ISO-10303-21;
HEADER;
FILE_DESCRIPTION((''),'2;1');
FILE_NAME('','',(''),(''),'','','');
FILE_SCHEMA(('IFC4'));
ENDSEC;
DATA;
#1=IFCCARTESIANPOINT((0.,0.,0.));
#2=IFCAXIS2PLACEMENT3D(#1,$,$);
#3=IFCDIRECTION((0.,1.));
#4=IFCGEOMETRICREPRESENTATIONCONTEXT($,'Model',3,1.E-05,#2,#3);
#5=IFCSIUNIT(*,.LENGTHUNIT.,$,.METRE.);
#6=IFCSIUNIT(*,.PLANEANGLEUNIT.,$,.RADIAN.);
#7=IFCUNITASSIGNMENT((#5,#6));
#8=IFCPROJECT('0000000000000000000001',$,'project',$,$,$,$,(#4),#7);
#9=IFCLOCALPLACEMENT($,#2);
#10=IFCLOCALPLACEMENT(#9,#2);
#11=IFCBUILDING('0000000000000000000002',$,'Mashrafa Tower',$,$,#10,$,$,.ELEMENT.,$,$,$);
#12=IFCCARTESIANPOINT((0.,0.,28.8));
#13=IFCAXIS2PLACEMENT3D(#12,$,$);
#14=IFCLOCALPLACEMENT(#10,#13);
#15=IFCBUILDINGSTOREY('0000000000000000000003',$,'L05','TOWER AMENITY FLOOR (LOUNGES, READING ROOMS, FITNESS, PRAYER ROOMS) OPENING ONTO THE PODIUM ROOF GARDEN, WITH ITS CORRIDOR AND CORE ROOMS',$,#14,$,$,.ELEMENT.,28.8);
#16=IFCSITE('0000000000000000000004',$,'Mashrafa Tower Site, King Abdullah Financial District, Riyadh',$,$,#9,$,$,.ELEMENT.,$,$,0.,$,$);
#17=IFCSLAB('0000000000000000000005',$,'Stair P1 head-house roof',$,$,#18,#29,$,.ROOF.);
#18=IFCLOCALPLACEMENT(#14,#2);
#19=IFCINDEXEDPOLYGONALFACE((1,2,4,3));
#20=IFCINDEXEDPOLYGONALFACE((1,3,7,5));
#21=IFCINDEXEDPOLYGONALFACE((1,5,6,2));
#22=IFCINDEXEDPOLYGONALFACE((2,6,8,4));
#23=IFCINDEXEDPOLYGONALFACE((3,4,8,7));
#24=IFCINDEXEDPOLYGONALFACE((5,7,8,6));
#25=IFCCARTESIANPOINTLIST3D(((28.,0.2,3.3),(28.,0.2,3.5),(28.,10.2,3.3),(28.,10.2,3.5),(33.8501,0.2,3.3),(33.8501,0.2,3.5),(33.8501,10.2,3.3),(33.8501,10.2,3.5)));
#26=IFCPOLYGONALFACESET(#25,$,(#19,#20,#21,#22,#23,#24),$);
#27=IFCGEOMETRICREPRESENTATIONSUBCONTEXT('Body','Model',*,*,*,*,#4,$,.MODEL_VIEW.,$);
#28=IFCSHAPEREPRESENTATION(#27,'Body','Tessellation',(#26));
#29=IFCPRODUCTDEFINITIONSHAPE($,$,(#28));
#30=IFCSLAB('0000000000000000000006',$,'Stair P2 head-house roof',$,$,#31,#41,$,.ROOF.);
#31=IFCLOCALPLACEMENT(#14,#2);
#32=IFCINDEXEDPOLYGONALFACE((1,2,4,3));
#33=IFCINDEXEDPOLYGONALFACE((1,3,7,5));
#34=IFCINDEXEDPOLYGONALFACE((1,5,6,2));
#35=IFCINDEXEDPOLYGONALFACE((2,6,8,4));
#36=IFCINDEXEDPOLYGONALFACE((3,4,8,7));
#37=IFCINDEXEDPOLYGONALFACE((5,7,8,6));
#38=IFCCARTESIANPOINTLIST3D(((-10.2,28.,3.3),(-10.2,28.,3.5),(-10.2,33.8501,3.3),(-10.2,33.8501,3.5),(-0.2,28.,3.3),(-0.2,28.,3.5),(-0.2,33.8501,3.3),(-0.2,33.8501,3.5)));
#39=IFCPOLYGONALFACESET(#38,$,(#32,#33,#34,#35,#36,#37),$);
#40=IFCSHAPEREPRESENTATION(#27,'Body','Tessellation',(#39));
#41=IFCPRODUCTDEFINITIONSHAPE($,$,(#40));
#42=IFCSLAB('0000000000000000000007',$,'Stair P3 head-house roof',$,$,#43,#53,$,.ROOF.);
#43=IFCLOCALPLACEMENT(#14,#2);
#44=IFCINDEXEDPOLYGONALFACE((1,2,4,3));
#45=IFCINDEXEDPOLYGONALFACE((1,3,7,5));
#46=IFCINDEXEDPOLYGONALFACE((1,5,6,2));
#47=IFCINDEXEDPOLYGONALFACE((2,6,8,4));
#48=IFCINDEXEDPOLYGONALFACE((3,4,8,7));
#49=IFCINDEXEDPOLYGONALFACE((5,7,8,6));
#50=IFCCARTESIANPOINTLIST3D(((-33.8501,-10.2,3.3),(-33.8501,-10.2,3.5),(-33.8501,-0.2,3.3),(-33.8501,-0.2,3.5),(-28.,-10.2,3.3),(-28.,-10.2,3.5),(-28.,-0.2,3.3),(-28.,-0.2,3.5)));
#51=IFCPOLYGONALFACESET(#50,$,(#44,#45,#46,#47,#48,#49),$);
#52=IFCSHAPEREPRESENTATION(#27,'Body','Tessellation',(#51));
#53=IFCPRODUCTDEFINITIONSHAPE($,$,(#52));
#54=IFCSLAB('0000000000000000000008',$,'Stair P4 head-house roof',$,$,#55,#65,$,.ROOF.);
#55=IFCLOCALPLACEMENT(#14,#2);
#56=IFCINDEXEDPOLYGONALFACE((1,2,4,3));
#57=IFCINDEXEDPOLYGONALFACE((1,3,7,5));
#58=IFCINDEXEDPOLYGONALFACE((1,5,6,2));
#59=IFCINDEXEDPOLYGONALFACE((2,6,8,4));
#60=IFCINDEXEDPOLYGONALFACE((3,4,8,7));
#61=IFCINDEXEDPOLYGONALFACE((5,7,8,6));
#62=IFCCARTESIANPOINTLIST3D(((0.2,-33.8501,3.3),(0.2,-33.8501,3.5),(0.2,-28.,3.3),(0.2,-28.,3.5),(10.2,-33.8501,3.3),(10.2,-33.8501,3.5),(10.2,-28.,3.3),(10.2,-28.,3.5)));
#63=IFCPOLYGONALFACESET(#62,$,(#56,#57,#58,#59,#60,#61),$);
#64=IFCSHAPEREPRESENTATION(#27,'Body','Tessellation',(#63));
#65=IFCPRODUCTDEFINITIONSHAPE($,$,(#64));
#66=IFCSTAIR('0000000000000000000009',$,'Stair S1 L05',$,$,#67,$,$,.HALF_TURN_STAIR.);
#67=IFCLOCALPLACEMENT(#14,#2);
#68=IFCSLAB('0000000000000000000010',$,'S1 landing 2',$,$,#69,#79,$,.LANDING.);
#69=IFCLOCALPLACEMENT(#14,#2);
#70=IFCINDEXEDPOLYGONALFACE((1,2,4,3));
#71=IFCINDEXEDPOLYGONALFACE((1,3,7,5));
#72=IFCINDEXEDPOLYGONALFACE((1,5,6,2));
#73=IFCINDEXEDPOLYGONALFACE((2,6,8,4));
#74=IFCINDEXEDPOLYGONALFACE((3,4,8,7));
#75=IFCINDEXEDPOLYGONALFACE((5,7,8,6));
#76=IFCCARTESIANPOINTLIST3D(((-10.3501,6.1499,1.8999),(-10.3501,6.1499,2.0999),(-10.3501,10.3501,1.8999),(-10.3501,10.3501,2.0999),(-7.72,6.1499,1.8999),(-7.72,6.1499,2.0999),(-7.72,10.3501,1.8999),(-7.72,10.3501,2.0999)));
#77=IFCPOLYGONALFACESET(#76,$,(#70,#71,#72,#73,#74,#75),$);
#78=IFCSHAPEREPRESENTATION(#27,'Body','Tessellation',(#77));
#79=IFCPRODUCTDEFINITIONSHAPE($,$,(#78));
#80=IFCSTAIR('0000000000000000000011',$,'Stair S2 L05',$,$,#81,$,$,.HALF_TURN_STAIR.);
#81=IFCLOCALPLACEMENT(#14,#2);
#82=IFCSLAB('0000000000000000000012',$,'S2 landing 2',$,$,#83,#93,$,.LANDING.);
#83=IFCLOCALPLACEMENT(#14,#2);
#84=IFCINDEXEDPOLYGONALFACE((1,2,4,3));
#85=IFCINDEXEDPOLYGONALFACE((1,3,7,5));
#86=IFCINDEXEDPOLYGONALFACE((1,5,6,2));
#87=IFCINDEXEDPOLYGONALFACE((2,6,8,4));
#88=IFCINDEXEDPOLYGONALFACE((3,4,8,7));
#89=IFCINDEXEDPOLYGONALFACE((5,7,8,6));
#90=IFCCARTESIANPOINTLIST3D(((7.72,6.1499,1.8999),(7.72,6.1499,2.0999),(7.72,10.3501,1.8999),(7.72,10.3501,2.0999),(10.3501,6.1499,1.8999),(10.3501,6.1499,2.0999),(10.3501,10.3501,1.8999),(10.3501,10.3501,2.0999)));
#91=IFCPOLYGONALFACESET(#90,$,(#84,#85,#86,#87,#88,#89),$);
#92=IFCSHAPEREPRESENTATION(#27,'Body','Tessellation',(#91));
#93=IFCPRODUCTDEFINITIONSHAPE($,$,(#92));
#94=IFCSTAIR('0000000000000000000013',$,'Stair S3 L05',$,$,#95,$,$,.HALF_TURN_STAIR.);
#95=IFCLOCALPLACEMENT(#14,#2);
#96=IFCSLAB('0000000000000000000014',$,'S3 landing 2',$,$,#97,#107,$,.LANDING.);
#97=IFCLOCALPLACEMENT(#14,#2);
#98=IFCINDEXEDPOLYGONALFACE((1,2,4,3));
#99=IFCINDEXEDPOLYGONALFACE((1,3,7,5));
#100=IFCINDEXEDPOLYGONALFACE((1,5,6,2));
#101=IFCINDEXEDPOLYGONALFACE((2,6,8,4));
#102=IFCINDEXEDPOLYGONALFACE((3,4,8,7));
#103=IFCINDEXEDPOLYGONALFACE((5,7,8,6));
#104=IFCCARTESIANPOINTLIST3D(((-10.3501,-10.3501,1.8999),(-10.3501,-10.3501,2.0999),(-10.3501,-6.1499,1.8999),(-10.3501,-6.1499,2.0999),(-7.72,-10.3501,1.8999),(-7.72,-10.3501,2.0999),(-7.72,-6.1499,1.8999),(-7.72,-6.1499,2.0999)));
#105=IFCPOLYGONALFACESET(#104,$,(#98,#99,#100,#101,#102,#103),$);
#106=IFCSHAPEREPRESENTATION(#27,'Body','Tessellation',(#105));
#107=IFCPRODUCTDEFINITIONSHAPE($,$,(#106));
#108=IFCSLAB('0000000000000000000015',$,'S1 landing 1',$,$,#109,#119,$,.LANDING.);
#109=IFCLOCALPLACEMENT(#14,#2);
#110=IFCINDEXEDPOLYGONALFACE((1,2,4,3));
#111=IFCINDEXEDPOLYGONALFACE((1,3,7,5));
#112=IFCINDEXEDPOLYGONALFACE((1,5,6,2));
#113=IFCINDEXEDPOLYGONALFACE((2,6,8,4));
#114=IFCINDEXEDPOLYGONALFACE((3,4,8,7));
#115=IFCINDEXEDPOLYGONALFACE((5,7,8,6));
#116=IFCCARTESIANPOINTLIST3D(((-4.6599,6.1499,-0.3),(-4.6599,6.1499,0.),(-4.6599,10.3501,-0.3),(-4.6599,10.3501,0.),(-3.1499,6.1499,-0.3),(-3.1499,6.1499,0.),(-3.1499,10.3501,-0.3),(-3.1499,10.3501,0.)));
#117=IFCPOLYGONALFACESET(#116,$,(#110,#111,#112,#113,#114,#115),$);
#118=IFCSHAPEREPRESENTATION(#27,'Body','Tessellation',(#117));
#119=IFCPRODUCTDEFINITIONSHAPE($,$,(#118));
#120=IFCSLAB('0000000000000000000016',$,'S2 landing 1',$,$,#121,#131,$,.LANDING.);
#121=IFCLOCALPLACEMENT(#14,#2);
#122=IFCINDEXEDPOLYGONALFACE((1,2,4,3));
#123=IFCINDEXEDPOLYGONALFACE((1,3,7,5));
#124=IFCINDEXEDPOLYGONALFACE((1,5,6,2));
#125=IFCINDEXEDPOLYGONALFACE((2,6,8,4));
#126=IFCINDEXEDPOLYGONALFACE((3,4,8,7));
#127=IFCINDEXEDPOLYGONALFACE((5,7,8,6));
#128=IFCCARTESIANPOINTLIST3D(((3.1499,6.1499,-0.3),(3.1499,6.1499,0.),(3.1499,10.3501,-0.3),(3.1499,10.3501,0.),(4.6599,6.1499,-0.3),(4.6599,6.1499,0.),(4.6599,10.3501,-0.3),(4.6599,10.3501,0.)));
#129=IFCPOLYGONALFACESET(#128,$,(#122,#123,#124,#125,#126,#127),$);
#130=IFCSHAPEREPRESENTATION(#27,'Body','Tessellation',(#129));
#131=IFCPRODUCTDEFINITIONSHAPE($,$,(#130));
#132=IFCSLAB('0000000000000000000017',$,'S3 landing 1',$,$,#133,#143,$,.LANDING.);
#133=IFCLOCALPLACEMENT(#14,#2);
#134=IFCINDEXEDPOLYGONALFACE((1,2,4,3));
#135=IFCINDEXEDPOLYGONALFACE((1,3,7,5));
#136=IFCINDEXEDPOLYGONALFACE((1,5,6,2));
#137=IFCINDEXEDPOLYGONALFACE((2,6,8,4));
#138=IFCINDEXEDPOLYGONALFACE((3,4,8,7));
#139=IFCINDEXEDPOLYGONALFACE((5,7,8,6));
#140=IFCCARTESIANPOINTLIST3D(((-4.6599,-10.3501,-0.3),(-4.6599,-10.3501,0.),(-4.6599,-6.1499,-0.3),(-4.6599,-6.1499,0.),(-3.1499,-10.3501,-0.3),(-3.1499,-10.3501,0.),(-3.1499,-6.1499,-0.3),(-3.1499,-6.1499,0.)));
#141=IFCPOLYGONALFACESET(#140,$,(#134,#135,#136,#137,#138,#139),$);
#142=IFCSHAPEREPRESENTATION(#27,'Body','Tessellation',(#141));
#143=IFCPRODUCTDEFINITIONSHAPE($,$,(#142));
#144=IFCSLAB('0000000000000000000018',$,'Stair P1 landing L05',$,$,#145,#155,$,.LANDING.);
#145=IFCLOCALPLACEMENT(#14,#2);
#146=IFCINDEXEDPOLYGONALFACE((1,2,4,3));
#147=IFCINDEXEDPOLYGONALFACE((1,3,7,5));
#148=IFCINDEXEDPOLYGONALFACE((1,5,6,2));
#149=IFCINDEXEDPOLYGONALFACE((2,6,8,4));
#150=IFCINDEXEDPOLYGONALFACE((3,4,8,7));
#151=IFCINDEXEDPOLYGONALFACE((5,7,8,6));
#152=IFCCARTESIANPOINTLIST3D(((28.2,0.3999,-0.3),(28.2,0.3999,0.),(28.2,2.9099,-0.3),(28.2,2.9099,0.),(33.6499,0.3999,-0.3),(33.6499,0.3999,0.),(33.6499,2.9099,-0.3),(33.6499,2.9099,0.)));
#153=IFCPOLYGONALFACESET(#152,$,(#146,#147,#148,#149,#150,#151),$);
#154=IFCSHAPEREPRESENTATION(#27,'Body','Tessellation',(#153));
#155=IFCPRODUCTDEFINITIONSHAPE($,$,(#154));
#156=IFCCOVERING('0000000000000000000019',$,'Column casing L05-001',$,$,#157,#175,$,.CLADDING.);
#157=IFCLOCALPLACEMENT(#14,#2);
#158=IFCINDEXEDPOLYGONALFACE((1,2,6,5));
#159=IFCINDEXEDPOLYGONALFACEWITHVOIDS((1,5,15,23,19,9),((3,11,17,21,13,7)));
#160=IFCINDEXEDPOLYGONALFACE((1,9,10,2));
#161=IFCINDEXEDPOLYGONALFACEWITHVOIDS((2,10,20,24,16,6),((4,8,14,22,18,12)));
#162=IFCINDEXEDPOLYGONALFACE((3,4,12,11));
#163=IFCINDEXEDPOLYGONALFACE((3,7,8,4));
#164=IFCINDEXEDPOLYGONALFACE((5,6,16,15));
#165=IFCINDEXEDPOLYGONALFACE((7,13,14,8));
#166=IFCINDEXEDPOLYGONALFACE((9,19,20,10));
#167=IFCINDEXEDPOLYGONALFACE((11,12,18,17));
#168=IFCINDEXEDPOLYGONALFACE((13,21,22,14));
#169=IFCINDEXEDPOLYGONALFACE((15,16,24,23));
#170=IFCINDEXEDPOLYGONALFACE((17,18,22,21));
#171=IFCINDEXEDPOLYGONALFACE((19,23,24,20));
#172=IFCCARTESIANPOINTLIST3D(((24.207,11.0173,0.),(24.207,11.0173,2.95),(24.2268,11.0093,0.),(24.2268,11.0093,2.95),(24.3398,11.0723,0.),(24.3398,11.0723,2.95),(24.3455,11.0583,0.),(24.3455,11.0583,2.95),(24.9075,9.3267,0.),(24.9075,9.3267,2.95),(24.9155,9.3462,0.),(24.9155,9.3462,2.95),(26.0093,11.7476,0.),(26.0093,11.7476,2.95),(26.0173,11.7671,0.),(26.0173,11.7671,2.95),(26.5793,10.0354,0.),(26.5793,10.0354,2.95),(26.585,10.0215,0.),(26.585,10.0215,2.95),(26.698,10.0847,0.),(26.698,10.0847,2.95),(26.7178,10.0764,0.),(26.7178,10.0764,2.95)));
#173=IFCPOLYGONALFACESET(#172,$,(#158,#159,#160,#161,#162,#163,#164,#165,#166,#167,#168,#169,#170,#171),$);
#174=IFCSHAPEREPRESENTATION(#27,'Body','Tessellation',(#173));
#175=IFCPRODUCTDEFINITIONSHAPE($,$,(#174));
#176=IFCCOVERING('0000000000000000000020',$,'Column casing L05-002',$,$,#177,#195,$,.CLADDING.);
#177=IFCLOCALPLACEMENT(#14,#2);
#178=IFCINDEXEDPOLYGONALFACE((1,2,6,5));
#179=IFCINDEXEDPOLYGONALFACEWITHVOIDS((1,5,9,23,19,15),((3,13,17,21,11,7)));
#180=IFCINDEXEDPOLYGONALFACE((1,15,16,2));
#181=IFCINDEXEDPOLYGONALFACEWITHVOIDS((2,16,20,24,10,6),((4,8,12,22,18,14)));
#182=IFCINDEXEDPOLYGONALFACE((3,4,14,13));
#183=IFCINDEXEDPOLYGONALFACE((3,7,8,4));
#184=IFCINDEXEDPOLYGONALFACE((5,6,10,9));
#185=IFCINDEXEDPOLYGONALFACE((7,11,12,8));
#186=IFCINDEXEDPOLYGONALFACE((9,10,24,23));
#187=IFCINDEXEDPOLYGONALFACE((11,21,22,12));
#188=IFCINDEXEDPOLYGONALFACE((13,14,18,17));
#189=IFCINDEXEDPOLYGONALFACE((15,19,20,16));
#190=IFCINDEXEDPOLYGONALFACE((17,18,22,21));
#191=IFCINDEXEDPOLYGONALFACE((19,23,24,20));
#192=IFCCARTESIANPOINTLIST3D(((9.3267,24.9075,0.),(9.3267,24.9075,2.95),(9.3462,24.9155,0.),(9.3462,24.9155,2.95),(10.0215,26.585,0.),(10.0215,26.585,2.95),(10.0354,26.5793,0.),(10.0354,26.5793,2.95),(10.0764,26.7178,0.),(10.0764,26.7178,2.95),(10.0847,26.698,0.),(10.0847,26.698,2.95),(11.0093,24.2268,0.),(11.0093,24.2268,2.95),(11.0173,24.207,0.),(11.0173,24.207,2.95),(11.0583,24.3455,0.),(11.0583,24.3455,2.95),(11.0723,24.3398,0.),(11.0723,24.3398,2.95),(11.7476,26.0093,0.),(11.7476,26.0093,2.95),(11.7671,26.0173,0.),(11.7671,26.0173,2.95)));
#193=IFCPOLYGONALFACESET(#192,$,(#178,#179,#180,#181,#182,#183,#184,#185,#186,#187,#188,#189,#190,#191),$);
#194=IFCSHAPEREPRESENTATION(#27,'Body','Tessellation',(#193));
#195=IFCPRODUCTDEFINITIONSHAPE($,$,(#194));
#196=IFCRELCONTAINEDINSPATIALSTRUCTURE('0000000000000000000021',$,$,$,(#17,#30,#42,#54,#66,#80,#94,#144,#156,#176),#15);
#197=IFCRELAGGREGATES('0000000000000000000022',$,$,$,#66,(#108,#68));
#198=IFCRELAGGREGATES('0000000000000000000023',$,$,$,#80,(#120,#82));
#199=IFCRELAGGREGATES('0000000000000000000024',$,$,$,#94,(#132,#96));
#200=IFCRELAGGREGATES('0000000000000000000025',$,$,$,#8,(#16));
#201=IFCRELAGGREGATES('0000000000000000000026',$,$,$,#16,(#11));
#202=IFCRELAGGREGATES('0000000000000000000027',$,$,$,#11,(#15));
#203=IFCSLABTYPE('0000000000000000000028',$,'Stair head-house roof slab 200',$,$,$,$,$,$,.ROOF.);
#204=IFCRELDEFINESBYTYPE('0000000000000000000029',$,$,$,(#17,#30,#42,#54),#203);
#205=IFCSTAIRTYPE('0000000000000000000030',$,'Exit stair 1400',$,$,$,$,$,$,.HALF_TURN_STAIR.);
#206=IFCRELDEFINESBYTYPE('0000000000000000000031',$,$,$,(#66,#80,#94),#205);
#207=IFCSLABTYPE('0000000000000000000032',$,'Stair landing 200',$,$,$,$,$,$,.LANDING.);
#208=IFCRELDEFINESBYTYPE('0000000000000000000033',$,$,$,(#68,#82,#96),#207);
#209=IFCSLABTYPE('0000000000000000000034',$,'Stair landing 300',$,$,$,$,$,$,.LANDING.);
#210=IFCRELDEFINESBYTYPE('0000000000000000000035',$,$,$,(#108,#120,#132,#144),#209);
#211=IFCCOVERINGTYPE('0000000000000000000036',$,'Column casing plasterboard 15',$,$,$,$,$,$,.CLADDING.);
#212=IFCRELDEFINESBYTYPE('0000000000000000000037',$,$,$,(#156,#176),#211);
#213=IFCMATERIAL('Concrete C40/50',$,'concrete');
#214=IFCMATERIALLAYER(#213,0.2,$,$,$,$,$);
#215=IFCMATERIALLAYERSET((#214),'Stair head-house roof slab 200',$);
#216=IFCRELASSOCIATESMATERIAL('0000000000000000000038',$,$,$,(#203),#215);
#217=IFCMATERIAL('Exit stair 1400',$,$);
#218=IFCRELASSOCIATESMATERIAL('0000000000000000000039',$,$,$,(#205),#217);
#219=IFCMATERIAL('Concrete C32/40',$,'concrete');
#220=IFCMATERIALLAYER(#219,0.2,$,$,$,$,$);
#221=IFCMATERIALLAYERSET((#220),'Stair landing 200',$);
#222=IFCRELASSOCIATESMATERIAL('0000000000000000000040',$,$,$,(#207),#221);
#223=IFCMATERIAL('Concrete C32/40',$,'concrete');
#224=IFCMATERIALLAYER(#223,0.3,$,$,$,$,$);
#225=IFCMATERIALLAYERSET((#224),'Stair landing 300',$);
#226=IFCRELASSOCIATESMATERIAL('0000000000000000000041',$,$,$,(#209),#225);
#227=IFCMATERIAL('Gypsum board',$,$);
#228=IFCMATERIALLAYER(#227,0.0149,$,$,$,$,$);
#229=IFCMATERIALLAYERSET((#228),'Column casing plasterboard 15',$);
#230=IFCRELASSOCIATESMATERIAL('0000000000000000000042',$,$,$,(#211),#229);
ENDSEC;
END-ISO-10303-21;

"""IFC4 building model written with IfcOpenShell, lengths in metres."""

from ifc_helpers import new_model, si_unit, direction, frame, origin, place, context, subcontext, project, spatial, polyline, outline, extrude, material, layer, layer_set, type_object, element, aggregate, save


model = new_model("IFC4")

# Units and contexts
model_context = context("Model", 3, precision=1e-05, world=origin(), true_north=direction((0.0, 1.0)))
body_context = subcontext(model_context, "Body", "Model", "MODEL_VIEW")
ifc_project = project(units=[si_unit("LENGTHUNIT", "METRE"), si_unit("PLANEANGLEUNIT", "RADIAN")], contexts=[model_context])

# Site, building, storey
site_placement = place(None, origin())
site = spatial("IfcSite", under=ifc_project, at=site_placement, Name="Mashrafa Tower Site, King Abdullah Financial District, Riyadh", CompositionType="ELEMENT", RefElevation=0.0)
building_placement = place(site_placement, origin())
building = spatial("IfcBuilding", under=site, at=building_placement, Name="Mashrafa Tower", CompositionType="ELEMENT")
storey_placement = place(building_placement, frame((0.0, 0.0, 28.8)))
storey = spatial("IfcBuildingStorey", under=building, at=storey_placement, Name="L05", Description="TOWER AMENITY FLOOR (LOUNGES, READING ROOMS, FITNESS, PRAYER ROOMS) OPENING ONTO THE PODIUM ROOF GARDEN, WITH ITS CORRIDOR AND CORE ROOMS", CompositionType="ELEMENT", Elevation=28.8)

# Slabs
ifc_material_1 = material(Name="Concrete C40/50", Category="concrete")
ifc_layer_1 = layer(ifc_material_1, 0.2)
ifc_layer_set_1 = layer_set([ifc_layer_1], Name="Stair head-house roof slab 200")
slab_type_1 = type_object("IfcSlabType", Name="Stair head-house roof slab 200", PredefinedType="ROOF", material=ifc_layer_set_1)
slab_1_placement = place(storey_placement, frame((0.0, 0.0, 3.3)))
element("IfcSlab", 1, at=slab_1_placement, inside=storey, type_object=slab_type_1, Name="Stair P1 head-house roof", PredefinedType="ROOF", context=body_context, shape_type="SweptSolid", body=[
    extrude(outline(polyline([(28.0, 0.2), (33.8501, 0.2), (33.8501, 10.2), (28.0, 10.2), (28.0, 0.2)])), origin(), (0.0, 0.0, 1.0), 0.2),
])
slab_2_placement = place(storey_placement, frame((0.0, 0.0, 3.3)))
element("IfcSlab", 2, at=slab_2_placement, inside=storey, type_object=slab_type_1, Name="Stair P2 head-house roof", PredefinedType="ROOF", context=body_context, shape_type="SweptSolid", body=[
    extrude(outline(polyline([(-10.2, 28.0), (-0.2, 28.0), (-0.2, 33.8501), (-10.2, 33.8501), (-10.2, 28.0)])), origin(), (0.0, 0.0, 1.0), 0.2),
])
slab_3_placement = place(storey_placement, frame((0.0, 0.0, 3.3)))
element("IfcSlab", 3, at=slab_3_placement, inside=storey, type_object=slab_type_1, Name="Stair P3 head-house roof", PredefinedType="ROOF", context=body_context, shape_type="SweptSolid", body=[
    extrude(outline(polyline([(-33.8501, -10.2), (-28.0, -10.2), (-28.0, -0.2), (-33.8501, -0.2), (-33.8501, -10.2)])), origin(), (0.0, 0.0, 1.0), 0.2),
])
slab_4_placement = place(storey_placement, frame((0.0, 0.0, 3.3)))
element("IfcSlab", 4, at=slab_4_placement, inside=storey, type_object=slab_type_1, Name="Stair P4 head-house roof", PredefinedType="ROOF", context=body_context, shape_type="SweptSolid", body=[
    extrude(outline(polyline([(0.2, -33.8501), (10.2, -33.8501), (10.2, -28.0), (0.2, -28.0), (0.2, -33.8501)])), origin(), (0.0, 0.0, 1.0), 0.2),
])

# Stairs, slabs
ifc_material_2 = material(Name="Exit stair 1400")
stair_type = type_object("IfcStairType", Name="Exit stair 1400", PredefinedType="HALF_TURN_STAIR", material=ifc_material_2)
stair_1_placement = place(storey_placement, origin())
stair_1 = element("IfcStair", 5, at=stair_1_placement, inside=storey, type_object=stair_type, Name="Stair S1 L05", PredefinedType="HALF_TURN_STAIR")
ifc_material_3 = material(Name="Concrete C32/40", Category="concrete")
ifc_layer_2 = layer(ifc_material_3, 0.2)
ifc_layer_set_2 = layer_set([ifc_layer_2], Name="Stair landing 200")
slab_type_2 = type_object("IfcSlabType", Name="Stair landing 200", PredefinedType="LANDING", material=ifc_layer_set_2)
slab_5_placement = place(storey_placement, frame((0.0, 0.0, 1.8999)))
slab_5 = element("IfcSlab", 6, at=slab_5_placement, type_object=slab_type_2, Name="S1 landing 2", PredefinedType="LANDING", context=body_context, shape_type="SweptSolid", body=[
    extrude(outline(polyline([(-10.3501, 6.1499), (-7.72, 6.1499), (-7.72, 10.3501), (-10.3501, 10.3501), (-10.3501, 6.1499)])), origin(), (0.0, 0.0, 1.0), 0.2),
])
stair_2_placement = place(storey_placement, origin())
stair_2 = element("IfcStair", 7, at=stair_2_placement, inside=storey, type_object=stair_type, Name="Stair S2 L05", PredefinedType="HALF_TURN_STAIR")
slab_6_placement = place(storey_placement, frame((0.0, 0.0, 1.8999)))
slab_6 = element("IfcSlab", 8, at=slab_6_placement, type_object=slab_type_2, Name="S2 landing 2", PredefinedType="LANDING", context=body_context, shape_type="SweptSolid", body=[
    extrude(outline(polyline([(7.72, 6.1499), (10.3501, 6.1499), (10.3501, 10.3501), (7.72, 10.3501), (7.72, 6.1499)])), origin(), (0.0, 0.0, 1.0), 0.2),
])
stair_3_placement = place(storey_placement, origin())
stair_3 = element("IfcStair", 9, at=stair_3_placement, inside=storey, type_object=stair_type, Name="Stair S3 L05", PredefinedType="HALF_TURN_STAIR")
slab_7_placement = place(storey_placement, frame((0.0, 0.0, 1.8999)))
slab_7 = element("IfcSlab", 10, at=slab_7_placement, type_object=slab_type_2, Name="S3 landing 2", PredefinedType="LANDING", context=body_context, shape_type="SweptSolid", body=[
    extrude(outline(polyline([(-10.3501, -10.3501), (-7.72, -10.3501), (-7.72, -6.1499), (-10.3501, -6.1499), (-10.3501, -10.3501)])), origin(), (0.0, 0.0, 1.0), 0.2),
])

# Slabs
ifc_material_4 = material(Name="Concrete C32/40", Category="concrete")
ifc_layer_3 = layer(ifc_material_4, 0.3)
ifc_layer_set_3 = layer_set([ifc_layer_3], Name="Stair landing 300")
slab_type_3 = type_object("IfcSlabType", Name="Stair landing 300", PredefinedType="LANDING", material=ifc_layer_set_3)
slab_8_placement = place(storey_placement, frame((0.0, 0.0, -0.3)))
slab_8 = element("IfcSlab", 11, at=slab_8_placement, type_object=slab_type_3, Name="S1 landing 1", PredefinedType="LANDING", context=body_context, shape_type="SweptSolid", body=[
    extrude(outline(polyline([(-4.6599, 6.1499), (-3.1499, 6.1499), (-3.1499, 10.3501), (-4.6599, 10.3501), (-4.6599, 6.1499)])), origin(), (0.0, 0.0, 1.0), 0.3),
])
aggregate(stair_1, [slab_8, slab_5])
slab_9_placement = place(storey_placement, frame((0.0, 0.0, -0.3)))
slab_9 = element("IfcSlab", 12, at=slab_9_placement, type_object=slab_type_3, Name="S2 landing 1", PredefinedType="LANDING", context=body_context, shape_type="SweptSolid", body=[
    extrude(outline(polyline([(3.1499, 6.1499), (4.6599, 6.1499), (4.6599, 10.3501), (3.1499, 10.3501), (3.1499, 6.1499)])), origin(), (0.0, 0.0, 1.0), 0.3),
])
aggregate(stair_2, [slab_9, slab_6])
slab_10_placement = place(storey_placement, frame((0.0, 0.0, -0.3)))
slab_10 = element("IfcSlab", 13, at=slab_10_placement, type_object=slab_type_3, Name="S3 landing 1", PredefinedType="LANDING", context=body_context, shape_type="SweptSolid", body=[
    extrude(outline(polyline([(-4.6599, -10.3501), (-3.1499, -10.3501), (-3.1499, -6.1499), (-4.6599, -6.1499), (-4.6599, -10.3501)])), origin(), (0.0, 0.0, 1.0), 0.3),
])
aggregate(stair_3, [slab_10, slab_7])
slab_11_placement = place(storey_placement, frame((0.0, 0.0, -0.3)))
element("IfcSlab", 14, at=slab_11_placement, inside=storey, type_object=slab_type_3, Name="Stair P1 landing L05", PredefinedType="LANDING", context=body_context, shape_type="SweptSolid", body=[
    extrude(outline(polyline([(33.6499, 0.3999), (33.6499, 2.9099), (28.2, 2.9099), (28.2, 0.3999), (33.6499, 0.3999)])), origin(), (0.0, 0.0, 1.0), 0.3),
])

# Coverings
ifc_material_5 = material(Name="Gypsum board")
ifc_layer_4 = layer(ifc_material_5, 0.0149)
ifc_layer_set_4 = layer_set([ifc_layer_4], Name="Column casing plasterboard 15")
covering_type = type_object("IfcCoveringType", Name="Column casing plasterboard 15", PredefinedType="CLADDING", material=ifc_layer_set_4)
covering_1_placement = place(storey_placement, origin())
element("IfcCovering", 15, at=covering_1_placement, inside=storey, type_object=covering_type, Name="Column casing L05-001", PredefinedType="CLADDING", context=body_context, shape_type="SweptSolid", body=[
    extrude(outline(polyline([(24.207, 11.0173), (24.3398, 11.0723), (26.0173, 11.7671), (26.7178, 10.0764), (26.585, 10.0215), (24.9075, 9.3267), (24.207, 11.0173)]), holes=[polyline([(26.5793, 10.0354), (26.698, 10.0847), (26.0093, 11.7476), (24.3455, 11.0583), (24.2268, 11.0093), (24.9155, 9.3462), (26.5793, 10.0354)])]), origin(), (0.0, 0.0, 1.0), 2.95),
])
covering_2_placement = place(storey_placement, origin())
element("IfcCovering", 16, at=covering_2_placement, inside=storey, type_object=covering_type, Name="Column casing L05-002", PredefinedType="CLADDING", context=body_context, shape_type="SweptSolid", body=[
    extrude(outline(polyline([(9.3267, 24.9075), (10.0215, 26.585), (10.0764, 26.7178), (11.7671, 26.0173), (11.0723, 24.3398), (11.0173, 24.207), (9.3267, 24.9075)]), holes=[polyline([(11.0583, 24.3455), (11.7476, 26.0093), (10.0847, 26.698), (10.0354, 26.5793), (9.3462, 24.9155), (11.0093, 24.2268), (11.0583, 24.3455)])]), origin(), (0.0, 0.0, 1.0), 2.95),
])

save(model, "model.ifc")
